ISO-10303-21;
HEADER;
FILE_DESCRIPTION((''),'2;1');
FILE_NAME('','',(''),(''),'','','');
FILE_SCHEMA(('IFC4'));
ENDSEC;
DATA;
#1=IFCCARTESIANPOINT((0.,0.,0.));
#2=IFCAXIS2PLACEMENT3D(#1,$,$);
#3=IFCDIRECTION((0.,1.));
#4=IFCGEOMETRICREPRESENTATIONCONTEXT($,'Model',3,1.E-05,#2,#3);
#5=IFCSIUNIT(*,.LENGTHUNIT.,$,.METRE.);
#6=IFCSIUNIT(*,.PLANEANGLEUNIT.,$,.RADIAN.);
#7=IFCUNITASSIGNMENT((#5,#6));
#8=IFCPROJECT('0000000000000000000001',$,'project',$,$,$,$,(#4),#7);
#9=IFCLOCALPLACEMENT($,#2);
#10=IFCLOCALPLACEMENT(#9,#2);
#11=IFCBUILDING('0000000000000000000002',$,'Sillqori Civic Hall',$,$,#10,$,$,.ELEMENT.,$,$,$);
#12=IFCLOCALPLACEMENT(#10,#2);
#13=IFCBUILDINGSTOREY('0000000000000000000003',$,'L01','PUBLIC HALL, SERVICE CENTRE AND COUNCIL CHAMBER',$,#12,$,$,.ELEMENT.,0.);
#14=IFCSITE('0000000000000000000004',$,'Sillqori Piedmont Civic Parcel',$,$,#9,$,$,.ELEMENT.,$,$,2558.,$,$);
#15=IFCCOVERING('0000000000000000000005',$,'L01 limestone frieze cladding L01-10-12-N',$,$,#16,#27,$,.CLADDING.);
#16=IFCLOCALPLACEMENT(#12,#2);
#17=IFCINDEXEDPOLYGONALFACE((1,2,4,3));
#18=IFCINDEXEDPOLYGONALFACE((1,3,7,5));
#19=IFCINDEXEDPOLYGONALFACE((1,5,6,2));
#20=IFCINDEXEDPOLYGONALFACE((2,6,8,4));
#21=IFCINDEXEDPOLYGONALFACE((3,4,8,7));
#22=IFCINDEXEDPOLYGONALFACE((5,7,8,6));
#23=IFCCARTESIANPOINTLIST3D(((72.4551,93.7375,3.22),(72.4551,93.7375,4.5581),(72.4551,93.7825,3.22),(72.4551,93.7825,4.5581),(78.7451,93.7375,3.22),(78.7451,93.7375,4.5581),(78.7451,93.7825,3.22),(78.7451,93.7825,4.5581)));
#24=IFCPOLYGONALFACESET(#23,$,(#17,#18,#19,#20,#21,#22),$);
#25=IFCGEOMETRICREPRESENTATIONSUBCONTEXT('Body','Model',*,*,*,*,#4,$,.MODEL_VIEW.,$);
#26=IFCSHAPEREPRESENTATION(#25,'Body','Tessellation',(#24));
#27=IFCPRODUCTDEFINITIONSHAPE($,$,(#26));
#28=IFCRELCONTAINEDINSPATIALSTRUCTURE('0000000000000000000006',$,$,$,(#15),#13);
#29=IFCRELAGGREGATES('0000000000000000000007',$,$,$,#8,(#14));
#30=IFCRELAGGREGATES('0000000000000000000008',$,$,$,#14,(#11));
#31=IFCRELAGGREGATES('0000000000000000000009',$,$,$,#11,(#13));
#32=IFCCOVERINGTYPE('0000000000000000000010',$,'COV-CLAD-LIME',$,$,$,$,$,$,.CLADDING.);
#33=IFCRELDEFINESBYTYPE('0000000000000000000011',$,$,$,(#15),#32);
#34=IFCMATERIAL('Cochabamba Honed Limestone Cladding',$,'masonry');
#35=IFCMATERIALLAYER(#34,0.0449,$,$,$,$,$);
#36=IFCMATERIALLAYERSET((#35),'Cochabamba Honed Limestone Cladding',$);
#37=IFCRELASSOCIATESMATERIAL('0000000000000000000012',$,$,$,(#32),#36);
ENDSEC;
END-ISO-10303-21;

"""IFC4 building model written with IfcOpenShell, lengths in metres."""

from ifc_helpers import new_model, si_unit, direction, frame, frame_2d, origin, place, context, subcontext, project, spatial, rectangle, extrude, material, layer, layer_set, type_object, element, save


model = new_model("IFC4")

# Units and contexts
model_context = context("Model", 3, precision=1e-05, world=origin(), true_north=direction((0.0, 1.0)))
body_context = subcontext(model_context, "Body", "Model", "MODEL_VIEW")
ifc_project = project(units=[si_unit("LENGTHUNIT", "METRE"), si_unit("PLANEANGLEUNIT", "RADIAN")], contexts=[model_context])

# Site, building, storey
site_placement = place(None, origin())
site = spatial("IfcSite", under=ifc_project, at=site_placement, Name="Sillqori Piedmont Civic Parcel", CompositionType="ELEMENT", RefElevation=2558.0)
building_placement = place(site_placement, origin())
building = spatial("IfcBuilding", under=site, at=building_placement, Name="Sillqori Civic Hall", CompositionType="ELEMENT")
storey_placement = place(building_placement, origin())
storey = spatial("IfcBuildingStorey", under=building, at=storey_placement, Name="L01", Description="PUBLIC HALL, SERVICE CENTRE AND COUNCIL CHAMBER", CompositionType="ELEMENT", Elevation=0.0)

# Covering
ifc_material_1 = material(Name="Cochabamba Honed Limestone Cladding", Category="masonry")
ifc_layer_1 = layer(ifc_material_1, 0.0449)
ifc_layer_set_1 = layer_set([ifc_layer_1], Name="Cochabamba Honed Limestone Cladding")
covering_type = type_object("IfcCoveringType", Name="COV-CLAD-LIME", PredefinedType="CLADDING", material=ifc_layer_set_1)
covering_1_placement = place(storey_placement, frame((72.4551, 93.76, 3.22), z_axis=(0.0, 0.0, 1.0), x_axis=(1.0, 0.0, 0.0)))
element("IfcCovering", 1, at=covering_1_placement, inside=storey, type_object=covering_type, Name="L01 limestone frieze cladding L01-10-12-N", PredefinedType="CLADDING", context=body_context, shape_type="SweptSolid", body=[
    extrude(rectangle(XDim=6.29, YDim=0.0449, at=frame_2d((3.145, 0.0))), origin(), (0.0, 0.0, 1.0), 1.3381),
])

save(model, "model.ifc")
